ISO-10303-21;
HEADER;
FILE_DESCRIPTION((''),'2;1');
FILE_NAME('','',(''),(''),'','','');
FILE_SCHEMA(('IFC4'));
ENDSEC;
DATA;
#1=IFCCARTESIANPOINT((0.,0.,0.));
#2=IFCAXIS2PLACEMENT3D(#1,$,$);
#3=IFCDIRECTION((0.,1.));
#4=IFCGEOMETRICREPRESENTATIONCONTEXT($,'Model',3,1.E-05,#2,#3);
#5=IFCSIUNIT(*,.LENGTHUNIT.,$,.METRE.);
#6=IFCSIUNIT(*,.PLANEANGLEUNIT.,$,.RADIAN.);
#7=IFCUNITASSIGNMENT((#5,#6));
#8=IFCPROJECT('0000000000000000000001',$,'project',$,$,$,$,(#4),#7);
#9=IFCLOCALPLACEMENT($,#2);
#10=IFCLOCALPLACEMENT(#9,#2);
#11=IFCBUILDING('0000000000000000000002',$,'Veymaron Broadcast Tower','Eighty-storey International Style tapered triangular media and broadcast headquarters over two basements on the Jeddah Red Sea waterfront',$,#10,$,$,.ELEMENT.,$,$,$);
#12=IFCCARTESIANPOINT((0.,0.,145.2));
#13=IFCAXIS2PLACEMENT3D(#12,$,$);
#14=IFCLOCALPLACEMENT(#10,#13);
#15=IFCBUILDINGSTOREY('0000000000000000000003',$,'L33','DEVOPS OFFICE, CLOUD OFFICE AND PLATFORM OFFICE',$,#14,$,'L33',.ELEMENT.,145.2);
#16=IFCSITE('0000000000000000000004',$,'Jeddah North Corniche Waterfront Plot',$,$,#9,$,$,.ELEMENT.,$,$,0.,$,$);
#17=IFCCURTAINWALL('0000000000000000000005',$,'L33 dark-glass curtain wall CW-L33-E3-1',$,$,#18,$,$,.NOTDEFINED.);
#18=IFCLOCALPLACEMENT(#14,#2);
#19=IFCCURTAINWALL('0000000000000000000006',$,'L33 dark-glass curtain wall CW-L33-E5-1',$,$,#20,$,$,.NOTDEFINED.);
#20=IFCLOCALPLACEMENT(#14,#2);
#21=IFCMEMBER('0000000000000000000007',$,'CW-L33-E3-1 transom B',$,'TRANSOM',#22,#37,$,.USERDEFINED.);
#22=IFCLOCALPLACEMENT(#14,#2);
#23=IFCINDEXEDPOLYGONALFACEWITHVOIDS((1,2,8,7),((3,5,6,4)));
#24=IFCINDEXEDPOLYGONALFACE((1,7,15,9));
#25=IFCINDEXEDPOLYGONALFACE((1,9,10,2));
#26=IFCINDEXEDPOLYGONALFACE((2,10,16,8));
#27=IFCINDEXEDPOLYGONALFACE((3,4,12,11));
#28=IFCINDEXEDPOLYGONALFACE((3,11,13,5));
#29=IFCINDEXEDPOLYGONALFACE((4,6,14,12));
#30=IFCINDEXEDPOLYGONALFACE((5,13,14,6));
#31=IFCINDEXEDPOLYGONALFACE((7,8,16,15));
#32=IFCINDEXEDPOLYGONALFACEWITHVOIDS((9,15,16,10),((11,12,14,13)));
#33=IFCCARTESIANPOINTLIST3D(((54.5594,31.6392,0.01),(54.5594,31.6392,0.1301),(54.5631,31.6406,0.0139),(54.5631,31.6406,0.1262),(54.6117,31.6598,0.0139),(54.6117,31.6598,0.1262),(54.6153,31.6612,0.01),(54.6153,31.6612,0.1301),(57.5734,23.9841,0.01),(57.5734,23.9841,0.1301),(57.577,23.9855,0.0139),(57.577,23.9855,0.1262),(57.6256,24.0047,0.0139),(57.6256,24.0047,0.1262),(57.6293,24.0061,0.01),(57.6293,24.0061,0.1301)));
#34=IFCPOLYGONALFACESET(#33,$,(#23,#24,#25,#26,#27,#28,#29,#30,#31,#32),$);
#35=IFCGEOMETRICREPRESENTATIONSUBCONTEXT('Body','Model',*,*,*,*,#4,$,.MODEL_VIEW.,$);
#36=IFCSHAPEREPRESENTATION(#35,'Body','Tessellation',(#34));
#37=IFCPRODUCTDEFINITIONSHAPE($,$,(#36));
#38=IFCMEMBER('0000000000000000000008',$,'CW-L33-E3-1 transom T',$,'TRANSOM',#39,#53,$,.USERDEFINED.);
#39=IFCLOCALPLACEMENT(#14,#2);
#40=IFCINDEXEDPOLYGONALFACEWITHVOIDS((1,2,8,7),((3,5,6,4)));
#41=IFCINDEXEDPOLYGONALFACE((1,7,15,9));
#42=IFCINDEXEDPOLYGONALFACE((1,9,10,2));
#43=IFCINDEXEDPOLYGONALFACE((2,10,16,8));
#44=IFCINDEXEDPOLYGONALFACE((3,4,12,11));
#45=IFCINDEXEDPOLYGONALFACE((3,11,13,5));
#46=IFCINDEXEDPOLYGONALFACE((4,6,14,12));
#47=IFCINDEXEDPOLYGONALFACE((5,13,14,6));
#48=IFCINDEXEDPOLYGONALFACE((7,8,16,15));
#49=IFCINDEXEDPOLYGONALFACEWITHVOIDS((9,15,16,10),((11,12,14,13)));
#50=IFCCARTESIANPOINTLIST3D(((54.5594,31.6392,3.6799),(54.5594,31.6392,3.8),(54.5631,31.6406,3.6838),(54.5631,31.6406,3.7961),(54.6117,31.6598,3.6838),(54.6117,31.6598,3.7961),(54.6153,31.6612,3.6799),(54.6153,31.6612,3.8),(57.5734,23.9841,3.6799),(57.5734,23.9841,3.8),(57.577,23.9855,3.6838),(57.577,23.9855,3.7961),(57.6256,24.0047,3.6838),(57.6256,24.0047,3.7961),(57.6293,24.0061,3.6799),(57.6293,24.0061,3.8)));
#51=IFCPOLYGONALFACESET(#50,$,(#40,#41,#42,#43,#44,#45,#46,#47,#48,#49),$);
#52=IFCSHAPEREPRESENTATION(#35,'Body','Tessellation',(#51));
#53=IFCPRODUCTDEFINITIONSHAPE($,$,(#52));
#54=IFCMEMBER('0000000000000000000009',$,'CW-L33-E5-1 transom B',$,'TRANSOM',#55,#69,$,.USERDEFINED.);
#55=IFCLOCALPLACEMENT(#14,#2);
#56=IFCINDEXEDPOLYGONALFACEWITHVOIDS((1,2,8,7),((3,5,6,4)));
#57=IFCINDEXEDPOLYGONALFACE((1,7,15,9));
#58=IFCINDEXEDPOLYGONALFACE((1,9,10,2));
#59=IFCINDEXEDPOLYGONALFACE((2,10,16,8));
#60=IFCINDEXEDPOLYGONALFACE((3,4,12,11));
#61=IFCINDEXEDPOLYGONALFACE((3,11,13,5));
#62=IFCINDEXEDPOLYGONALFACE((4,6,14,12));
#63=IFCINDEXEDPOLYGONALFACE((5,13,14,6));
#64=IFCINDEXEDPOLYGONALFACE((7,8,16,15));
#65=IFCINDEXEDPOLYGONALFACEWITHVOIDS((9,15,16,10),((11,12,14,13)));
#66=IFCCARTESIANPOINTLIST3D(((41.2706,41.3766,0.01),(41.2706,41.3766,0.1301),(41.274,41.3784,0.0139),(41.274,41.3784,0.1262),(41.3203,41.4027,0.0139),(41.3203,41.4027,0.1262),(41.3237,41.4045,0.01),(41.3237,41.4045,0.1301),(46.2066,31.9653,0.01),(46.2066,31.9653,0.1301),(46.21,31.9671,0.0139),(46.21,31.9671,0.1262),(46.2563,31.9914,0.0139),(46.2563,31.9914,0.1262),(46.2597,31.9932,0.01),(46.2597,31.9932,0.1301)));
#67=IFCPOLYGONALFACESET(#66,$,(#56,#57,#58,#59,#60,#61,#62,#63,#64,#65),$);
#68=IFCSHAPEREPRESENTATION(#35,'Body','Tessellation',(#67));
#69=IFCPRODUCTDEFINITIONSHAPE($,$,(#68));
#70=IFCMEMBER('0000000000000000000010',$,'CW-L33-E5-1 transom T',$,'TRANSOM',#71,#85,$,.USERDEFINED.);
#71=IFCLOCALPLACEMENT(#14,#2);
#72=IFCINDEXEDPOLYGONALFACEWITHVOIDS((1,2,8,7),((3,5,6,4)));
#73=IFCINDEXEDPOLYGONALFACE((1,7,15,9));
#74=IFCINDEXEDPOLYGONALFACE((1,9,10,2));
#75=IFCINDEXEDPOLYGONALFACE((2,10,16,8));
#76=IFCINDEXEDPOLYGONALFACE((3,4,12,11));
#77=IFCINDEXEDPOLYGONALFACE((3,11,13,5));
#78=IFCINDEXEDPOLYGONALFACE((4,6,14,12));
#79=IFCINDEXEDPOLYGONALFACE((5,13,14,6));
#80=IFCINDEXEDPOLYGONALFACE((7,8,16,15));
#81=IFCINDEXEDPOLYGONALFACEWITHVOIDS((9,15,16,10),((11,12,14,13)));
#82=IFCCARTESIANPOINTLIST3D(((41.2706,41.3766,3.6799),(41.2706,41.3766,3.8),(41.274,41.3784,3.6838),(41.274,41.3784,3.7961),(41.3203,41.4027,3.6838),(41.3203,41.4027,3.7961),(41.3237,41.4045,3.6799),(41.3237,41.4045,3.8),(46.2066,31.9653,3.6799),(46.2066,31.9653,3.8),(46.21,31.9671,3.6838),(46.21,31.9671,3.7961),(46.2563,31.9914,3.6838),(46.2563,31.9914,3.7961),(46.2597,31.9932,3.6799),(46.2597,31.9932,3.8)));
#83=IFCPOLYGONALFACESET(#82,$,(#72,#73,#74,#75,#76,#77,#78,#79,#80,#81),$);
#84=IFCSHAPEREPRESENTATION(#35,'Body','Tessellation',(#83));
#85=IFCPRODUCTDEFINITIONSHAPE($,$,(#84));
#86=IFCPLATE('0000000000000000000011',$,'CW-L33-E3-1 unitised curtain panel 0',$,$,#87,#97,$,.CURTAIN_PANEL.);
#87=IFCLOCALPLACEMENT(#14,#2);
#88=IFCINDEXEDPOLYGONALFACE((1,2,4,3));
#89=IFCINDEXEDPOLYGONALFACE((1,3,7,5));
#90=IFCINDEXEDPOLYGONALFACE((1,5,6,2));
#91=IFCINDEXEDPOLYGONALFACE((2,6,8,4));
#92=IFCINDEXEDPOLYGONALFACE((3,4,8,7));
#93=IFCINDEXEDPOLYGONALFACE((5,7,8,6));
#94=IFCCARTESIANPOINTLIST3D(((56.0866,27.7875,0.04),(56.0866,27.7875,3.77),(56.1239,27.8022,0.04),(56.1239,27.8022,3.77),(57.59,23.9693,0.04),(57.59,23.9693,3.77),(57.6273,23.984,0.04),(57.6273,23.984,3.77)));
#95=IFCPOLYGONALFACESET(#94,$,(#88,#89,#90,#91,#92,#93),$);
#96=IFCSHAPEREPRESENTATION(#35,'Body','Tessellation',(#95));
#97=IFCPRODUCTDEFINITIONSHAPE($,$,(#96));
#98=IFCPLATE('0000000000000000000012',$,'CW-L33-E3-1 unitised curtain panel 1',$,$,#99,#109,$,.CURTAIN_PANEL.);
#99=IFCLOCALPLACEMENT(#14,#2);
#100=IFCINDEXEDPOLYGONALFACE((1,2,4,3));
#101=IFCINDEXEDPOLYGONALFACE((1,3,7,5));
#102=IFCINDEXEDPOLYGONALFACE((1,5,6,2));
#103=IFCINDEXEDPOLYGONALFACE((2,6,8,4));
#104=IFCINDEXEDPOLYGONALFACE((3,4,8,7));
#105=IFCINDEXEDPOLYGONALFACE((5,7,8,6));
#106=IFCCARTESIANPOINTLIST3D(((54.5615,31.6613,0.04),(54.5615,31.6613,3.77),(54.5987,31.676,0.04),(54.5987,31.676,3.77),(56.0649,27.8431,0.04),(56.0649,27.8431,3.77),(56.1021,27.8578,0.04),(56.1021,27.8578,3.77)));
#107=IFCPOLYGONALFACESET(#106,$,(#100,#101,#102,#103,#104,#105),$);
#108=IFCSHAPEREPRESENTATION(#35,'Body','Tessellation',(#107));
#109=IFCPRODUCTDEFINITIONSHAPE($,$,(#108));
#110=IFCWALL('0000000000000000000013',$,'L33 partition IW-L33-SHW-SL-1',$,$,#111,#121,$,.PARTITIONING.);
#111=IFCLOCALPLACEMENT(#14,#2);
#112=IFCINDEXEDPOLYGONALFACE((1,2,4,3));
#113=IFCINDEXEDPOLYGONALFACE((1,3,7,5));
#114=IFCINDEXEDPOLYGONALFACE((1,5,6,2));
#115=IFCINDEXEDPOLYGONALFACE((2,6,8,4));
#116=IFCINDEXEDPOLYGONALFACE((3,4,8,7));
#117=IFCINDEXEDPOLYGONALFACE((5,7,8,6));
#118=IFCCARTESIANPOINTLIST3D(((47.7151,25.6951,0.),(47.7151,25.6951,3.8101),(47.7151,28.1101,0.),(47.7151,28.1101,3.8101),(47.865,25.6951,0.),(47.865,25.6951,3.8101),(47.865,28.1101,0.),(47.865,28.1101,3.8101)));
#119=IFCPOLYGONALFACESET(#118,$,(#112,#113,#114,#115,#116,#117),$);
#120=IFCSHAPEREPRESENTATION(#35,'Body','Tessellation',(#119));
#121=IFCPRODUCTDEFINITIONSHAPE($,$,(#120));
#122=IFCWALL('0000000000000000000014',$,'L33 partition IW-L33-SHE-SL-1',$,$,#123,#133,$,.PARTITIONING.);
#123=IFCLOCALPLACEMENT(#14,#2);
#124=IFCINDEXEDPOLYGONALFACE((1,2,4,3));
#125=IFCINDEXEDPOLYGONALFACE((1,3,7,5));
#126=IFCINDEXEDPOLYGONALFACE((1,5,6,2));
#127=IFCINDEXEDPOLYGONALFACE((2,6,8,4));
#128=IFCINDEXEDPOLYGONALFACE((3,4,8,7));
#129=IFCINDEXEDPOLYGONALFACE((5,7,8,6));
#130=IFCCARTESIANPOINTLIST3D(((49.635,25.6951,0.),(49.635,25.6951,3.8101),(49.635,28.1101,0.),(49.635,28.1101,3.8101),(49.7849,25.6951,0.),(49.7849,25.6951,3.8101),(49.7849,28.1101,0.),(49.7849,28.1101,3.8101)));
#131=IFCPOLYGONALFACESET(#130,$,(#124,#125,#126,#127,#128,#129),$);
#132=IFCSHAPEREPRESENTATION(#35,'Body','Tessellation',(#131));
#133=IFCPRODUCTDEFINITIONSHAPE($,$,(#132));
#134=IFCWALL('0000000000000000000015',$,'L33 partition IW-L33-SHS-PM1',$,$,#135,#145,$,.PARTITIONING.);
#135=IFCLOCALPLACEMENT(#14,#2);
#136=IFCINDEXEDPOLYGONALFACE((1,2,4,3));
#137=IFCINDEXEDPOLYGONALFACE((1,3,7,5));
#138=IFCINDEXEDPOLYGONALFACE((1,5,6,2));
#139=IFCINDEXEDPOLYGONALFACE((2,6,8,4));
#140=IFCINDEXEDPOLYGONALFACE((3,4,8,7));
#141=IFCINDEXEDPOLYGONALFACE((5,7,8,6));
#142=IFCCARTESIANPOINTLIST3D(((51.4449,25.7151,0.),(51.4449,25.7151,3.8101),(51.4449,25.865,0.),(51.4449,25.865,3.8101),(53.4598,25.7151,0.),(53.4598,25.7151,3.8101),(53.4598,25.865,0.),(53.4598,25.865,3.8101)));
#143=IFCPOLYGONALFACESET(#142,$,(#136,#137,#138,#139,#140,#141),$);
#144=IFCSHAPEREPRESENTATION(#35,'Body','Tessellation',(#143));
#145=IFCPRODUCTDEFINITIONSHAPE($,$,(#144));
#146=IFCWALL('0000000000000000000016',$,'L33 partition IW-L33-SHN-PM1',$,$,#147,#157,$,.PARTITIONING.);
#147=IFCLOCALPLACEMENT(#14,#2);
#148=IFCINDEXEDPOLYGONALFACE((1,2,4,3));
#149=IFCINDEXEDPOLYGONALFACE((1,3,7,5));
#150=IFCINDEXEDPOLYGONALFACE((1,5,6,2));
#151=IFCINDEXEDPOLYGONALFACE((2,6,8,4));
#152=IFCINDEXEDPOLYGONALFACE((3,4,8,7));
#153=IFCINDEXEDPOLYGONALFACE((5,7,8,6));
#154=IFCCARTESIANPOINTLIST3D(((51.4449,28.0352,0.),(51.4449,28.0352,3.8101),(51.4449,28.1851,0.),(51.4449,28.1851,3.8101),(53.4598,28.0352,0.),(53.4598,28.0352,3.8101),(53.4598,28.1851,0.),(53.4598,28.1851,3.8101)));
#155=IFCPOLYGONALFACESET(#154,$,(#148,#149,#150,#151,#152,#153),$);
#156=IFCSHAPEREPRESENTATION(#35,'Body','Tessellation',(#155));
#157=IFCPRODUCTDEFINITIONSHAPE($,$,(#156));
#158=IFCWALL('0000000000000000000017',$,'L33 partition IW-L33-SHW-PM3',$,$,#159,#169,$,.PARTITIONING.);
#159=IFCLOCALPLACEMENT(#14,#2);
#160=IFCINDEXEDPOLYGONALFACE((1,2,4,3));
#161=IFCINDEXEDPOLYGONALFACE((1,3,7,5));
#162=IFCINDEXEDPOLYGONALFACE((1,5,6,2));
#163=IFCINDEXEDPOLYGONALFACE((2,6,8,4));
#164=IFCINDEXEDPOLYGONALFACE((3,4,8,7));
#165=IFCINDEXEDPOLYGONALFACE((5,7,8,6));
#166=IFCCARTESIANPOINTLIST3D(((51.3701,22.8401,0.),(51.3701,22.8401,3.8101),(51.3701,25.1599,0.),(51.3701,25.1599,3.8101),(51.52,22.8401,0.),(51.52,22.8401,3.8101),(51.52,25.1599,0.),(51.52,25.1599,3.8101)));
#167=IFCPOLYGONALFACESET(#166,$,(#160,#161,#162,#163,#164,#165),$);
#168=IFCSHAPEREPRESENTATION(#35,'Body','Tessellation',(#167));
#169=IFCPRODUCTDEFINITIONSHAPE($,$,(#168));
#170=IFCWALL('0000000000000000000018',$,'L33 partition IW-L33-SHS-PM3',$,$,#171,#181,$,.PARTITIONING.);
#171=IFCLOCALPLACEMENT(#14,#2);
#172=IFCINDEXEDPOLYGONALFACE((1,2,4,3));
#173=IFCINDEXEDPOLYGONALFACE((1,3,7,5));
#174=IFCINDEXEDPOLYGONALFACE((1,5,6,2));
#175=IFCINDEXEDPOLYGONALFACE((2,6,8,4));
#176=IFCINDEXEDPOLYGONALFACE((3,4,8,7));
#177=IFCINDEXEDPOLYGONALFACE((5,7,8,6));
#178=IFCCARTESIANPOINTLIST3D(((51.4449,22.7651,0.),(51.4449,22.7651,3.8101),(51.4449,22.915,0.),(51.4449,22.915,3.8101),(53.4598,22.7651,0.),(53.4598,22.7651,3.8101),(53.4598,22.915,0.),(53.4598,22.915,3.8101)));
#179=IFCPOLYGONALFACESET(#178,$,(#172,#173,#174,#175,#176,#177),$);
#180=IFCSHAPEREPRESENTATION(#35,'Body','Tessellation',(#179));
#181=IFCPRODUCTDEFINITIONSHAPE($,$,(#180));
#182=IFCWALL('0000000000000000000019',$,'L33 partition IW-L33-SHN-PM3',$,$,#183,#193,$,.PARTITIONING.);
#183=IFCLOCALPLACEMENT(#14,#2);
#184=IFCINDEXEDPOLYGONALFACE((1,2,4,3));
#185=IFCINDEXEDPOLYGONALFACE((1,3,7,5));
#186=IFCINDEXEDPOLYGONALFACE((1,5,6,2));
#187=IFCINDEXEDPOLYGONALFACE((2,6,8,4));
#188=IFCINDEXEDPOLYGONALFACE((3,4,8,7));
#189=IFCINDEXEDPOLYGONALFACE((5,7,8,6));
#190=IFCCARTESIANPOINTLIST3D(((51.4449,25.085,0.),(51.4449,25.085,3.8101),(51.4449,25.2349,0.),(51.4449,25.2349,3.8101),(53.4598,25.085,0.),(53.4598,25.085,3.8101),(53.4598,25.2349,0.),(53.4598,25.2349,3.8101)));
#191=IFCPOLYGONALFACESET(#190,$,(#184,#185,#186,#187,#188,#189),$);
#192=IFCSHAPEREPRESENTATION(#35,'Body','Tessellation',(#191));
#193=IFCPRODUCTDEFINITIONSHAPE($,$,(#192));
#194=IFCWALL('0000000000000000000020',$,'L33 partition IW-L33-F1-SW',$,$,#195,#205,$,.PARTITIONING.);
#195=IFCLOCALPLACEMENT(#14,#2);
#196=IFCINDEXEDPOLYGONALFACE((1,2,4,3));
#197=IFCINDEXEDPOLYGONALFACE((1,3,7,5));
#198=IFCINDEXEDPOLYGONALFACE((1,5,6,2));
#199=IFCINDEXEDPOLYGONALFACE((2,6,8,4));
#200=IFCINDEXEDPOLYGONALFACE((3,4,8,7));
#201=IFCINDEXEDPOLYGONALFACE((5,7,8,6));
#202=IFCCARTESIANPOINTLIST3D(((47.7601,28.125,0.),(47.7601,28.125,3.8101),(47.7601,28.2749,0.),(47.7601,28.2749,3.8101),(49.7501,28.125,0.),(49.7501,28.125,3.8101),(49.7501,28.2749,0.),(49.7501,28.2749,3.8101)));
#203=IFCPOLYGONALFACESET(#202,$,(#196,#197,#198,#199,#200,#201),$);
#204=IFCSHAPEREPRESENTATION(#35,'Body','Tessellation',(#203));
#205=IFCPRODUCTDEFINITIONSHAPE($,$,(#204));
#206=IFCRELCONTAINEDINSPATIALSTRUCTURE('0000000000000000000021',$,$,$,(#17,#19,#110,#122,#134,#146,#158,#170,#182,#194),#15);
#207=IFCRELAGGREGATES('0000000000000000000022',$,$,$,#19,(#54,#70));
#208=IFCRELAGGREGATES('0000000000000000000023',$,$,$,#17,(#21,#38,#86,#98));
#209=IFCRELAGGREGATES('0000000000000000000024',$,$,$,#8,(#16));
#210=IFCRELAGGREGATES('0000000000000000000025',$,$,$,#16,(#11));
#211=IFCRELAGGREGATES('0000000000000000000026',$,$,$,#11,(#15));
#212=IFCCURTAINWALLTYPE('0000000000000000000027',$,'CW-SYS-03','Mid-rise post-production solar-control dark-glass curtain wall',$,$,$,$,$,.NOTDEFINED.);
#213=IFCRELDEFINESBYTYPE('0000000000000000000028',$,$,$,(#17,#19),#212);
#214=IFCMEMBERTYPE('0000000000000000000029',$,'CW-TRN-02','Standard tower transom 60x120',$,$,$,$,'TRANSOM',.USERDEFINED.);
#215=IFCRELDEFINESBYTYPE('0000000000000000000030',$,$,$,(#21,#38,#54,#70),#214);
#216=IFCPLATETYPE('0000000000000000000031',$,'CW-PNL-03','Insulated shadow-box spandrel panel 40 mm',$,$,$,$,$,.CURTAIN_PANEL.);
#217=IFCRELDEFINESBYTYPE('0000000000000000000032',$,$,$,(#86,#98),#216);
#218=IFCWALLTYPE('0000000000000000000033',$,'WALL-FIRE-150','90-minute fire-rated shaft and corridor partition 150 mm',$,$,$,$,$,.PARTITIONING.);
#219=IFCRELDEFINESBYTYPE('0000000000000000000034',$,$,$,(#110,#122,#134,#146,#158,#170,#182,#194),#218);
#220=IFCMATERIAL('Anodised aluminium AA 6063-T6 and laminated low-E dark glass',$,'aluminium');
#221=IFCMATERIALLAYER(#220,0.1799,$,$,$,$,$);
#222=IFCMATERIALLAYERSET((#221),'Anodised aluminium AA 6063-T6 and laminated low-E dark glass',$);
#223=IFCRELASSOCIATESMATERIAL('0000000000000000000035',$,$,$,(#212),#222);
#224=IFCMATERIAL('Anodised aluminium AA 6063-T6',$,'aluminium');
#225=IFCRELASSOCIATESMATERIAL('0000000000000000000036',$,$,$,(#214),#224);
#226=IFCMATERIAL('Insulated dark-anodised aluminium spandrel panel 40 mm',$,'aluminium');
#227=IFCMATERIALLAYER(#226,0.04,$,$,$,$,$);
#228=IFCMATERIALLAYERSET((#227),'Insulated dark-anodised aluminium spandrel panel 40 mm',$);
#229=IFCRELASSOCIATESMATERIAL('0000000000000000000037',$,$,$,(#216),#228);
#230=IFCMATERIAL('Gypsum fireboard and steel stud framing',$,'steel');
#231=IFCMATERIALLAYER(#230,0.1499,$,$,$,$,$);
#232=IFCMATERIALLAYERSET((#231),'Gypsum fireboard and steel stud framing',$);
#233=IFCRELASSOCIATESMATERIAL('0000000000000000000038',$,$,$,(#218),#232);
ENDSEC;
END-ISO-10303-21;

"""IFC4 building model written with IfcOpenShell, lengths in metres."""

from ifc_helpers import new_model, si_unit, direction, frame, frame_2d, origin, origin_2d, place, context, subcontext, project, spatial, rectangle, hollow_rectangle, extrude, material, layer, layer_set, material_profile, profile_set, type_object, element, aggregate, save


model = new_model("IFC4")

# Units and contexts
model_context = context("Model", 3, precision=1e-05, world=origin(), true_north=direction((0.0, 1.0)))
body_context = subcontext(model_context, "Body", "Model", "MODEL_VIEW")
ifc_project = project(units=[si_unit("LENGTHUNIT", "METRE"), si_unit("PLANEANGLEUNIT", "RADIAN")], contexts=[model_context])

# Site, building, storey
site_placement = place(None, origin())
site = spatial("IfcSite", under=ifc_project, at=site_placement, Name="Jeddah North Corniche Waterfront Plot", CompositionType="ELEMENT", RefElevation=0.0)
building_placement = place(site_placement, origin())
building = spatial("IfcBuilding", under=site, at=building_placement, Name="Veymaron Broadcast Tower", Description="Eighty-storey International Style tapered triangular media and broadcast headquarters over two basements on the Jeddah Red Sea waterfront", CompositionType="ELEMENT")
storey_placement = place(building_placement, frame((0.0, 0.0, 145.2)))
storey = spatial("IfcBuildingStorey", under=building, at=storey_placement, Name="L33", Description="DEVOPS OFFICE, CLOUD OFFICE AND PLATFORM OFFICE", LongName="L33", CompositionType="ELEMENT", Elevation=145.2)

# Shared definitions
ifc_material_1 = material(Name="Anodised aluminium AA 6063-T6 and laminated low-E dark glass", Category="aluminium")
ifc_layer_1 = layer(ifc_material_1, 0.1799)
ifc_layer_set_1 = layer_set([ifc_layer_1], Name="Anodised aluminium AA 6063-T6 and laminated low-E dark glass")
curtain_wall_type = type_object("IfcCurtainWallType", Name="CW-SYS-03", Description="Mid-rise post-production solar-control dark-glass curtain wall", PredefinedType="NOTDEFINED", material=ifc_layer_set_1)
ifc_material_2 = material(Name="Anodised aluminium AA 6063-T6", Category="aluminium")

# Curtain wall
curtain_wall_1_placement = place(storey_placement, origin())
curtain_wall_1 = element("IfcCurtainWall", 1, at=curtain_wall_1_placement, inside=storey, type_object=curtain_wall_type, Name="L33 dark-glass curtain wall CW-L33-E3-1", PredefinedType="NOTDEFINED")

# Curtain wall
curtain_wall_2_placement = place(storey_placement, origin())
curtain_wall_2 = element("IfcCurtainWall", 2, at=curtain_wall_2_placement, inside=storey, type_object=curtain_wall_type, Name="L33 dark-glass curtain wall CW-L33-E5-1", PredefinedType="NOTDEFINED")

# Members
ifc_material_profile_1 = material_profile(ifc_material_2, hollow_rectangle(XDim=0.0601, YDim=0.1201, WallThickness=0.0039, at=origin_2d()), Name="AL120X60X4")
ifc_profile_set_1 = profile_set([ifc_material_profile_1], Name="Anodised aluminium AA 6063-T6")
member_type_1 = type_object("IfcMemberType", Name="CW-TRN-02", Description="Standard tower transom 60x120", ElementType="TRANSOM", PredefinedType="USERDEFINED", material=ifc_profile_set_1)
member_1_placement = place(storey_placement, frame((57.6013, 23.9951, 0.0701), z_axis=(-0.366345, 0.930479, 0.0), x_axis=(-0.930479, -0.366345, 0.0)))
member_1 = element("IfcMember", 3, at=member_1_placement, type_object=member_type_1, Name="CW-L33-E3-1 transom B", ObjectType="TRANSOM", PredefinedType="USERDEFINED", context=body_context, shape_type="SweptSolid", body=[
    extrude(hollow_rectangle(XDim=0.0601, YDim=0.1201, WallThickness=0.0039, at=origin_2d()), origin(), (0.0, 0.0, 1.0), 8.2271),
])
member_2_placement = place(storey_placement, frame((57.6013, 23.9951, 3.74), z_axis=(-0.366345, 0.930479, 0.0), x_axis=(-0.930479, -0.366345, 0.0)))
member_2 = element("IfcMember", 4, at=member_2_placement, type_object=member_type_1, Name="CW-L33-E3-1 transom T", ObjectType="TRANSOM", PredefinedType="USERDEFINED", context=body_context, shape_type="SweptSolid", body=[
    extrude(hollow_rectangle(XDim=0.0601, YDim=0.1201, WallThickness=0.0039, at=origin_2d()), origin(), (0.0, 0.0, 1.0), 8.2271),
])
member_3_placement = place(storey_placement, frame((46.2332, 31.9792, 0.0701), z_axis=(-0.46447, 0.885589, 0.0), x_axis=(-0.885589, -0.46447, 0.0)))
member_3 = element("IfcMember", 5, at=member_3_placement, type_object=member_type_1, Name="CW-L33-E5-1 transom B", ObjectType="TRANSOM", PredefinedType="USERDEFINED", context=body_context, shape_type="SweptSolid", body=[
    extrude(hollow_rectangle(XDim=0.0601, YDim=0.1201, WallThickness=0.0039, at=origin_2d()), origin(), (0.0, 0.0, 1.0), 10.6272),
])
member_4_placement = place(storey_placement, frame((46.2332, 31.9792, 3.74), z_axis=(-0.46447, 0.885589, 0.0), x_axis=(-0.885589, -0.46447, 0.0)))
member_4 = element("IfcMember", 6, at=member_4_placement, type_object=member_type_1, Name="CW-L33-E5-1 transom T", ObjectType="TRANSOM", PredefinedType="USERDEFINED", context=body_context, shape_type="SweptSolid", body=[
    extrude(hollow_rectangle(XDim=0.0601, YDim=0.1201, WallThickness=0.0039, at=origin_2d()), origin(), (0.0, 0.0, 1.0), 10.6272),
])
aggregate(curtain_wall_2, [member_3, member_4])

# Plates
ifc_material_3 = material(Name="Insulated dark-anodised aluminium spandrel panel 40 mm", Category="aluminium")
ifc_layer_2 = layer(ifc_material_3, 0.04)
ifc_layer_set_2 = layer_set([ifc_layer_2], Name="Insulated dark-anodised aluminium spandrel panel 40 mm")
plate_type = type_object("IfcPlateType", Name="CW-PNL-03", Description="Insulated shadow-box spandrel panel 40 mm", PredefinedType="CURTAIN_PANEL", material=ifc_layer_set_2)
plate_1_placement = place(storey_placement, frame((56.8569, 25.8857, 0.04), z_axis=(0.0, 0.0, 1.0), x_axis=(-0.366371, 0.930469, 0.0)))
plate_1 = element("IfcPlate", 7, at=plate_1_placement, type_object=plate_type, Name="CW-L33-E3-1 unitised curtain panel 0", PredefinedType="CURTAIN_PANEL", context=body_context, shape_type="SweptSolid", body=[
    extrude(rectangle(XDim=4.1035, YDim=0.04, at=origin_2d()), origin(), (0.0, 0.0, 1.0), 3.73),
])
plate_2_placement = place(storey_placement, frame((55.3318, 29.7595, 0.04), z_axis=(0.0, 0.0, 1.0), x_axis=(-0.366371, 0.930469, 0.0)))
plate_2 = element("IfcPlate", 8, at=plate_2_placement, type_object=plate_type, Name="CW-L33-E3-1 unitised curtain panel 1", PredefinedType="CURTAIN_PANEL", context=body_context, shape_type="SweptSolid", body=[
    extrude(rectangle(XDim=4.1035, YDim=0.04, at=origin_2d()), origin(), (0.0, 0.0, 1.0), 3.73),
])
aggregate(curtain_wall_1, [member_1, member_2, plate_1, plate_2])

# Shared definitions
ifc_material_4 = material(Name="Gypsum fireboard and steel stud framing", Category="steel")
ifc_layer_3 = layer(ifc_material_4, 0.1499)
ifc_layer_set_3 = layer_set([ifc_layer_3], Name="Gypsum fireboard and steel stud framing")
wall_type_1 = type_object("IfcWallType", Name="WALL-FIRE-150", Description="90-minute fire-rated shaft and corridor partition 150 mm", PredefinedType="PARTITIONING", material=ifc_layer_set_3)

# Walls
for number, where, z_axis, x_axis, name in (
    (9, (47.79, 25.6951, 0.0), (0.0, 0.0, 1.0), (0.0, 1.0, 0.0), "L33 partition IW-L33-SHW-SL-1"),
    (10, (49.71, 25.6951, 0.0), (0.0, 0.0, 1.0), (0.0, 1.0, 0.0), "L33 partition IW-L33-SHE-SL-1"),
):
    element("IfcWall", number, at=place(storey_placement, frame(where, z_axis=z_axis, x_axis=x_axis)), inside=storey, type_object=wall_type_1, Name=name, PredefinedType="PARTITIONING", context=body_context, shape_type="SweptSolid", body=[
        extrude(rectangle(XDim=2.415, YDim=0.1499, at=frame_2d((1.2075, 0.0))), origin(), (0.0, 0.0, 1.0), 3.8101),
    ])

# Walls
for number, where, z_axis, x_axis, name in (
    (11, (51.4451, 25.79, 0.0), (0.0, 0.0, 1.0), (1.0, 0.0, 0.0), "L33 partition IW-L33-SHS-PM1"),
    (12, (51.4451, 28.1101, 0.0), (0.0, 0.0, 1.0), (1.0, 0.0, 0.0), "L33 partition IW-L33-SHN-PM1"),
):
    element("IfcWall", number, at=place(storey_placement, frame(where, z_axis=z_axis, x_axis=x_axis)), inside=storey, type_object=wall_type_1, Name=name, PredefinedType="PARTITIONING", context=body_context, shape_type="SweptSolid", body=[
        extrude(rectangle(XDim=2.0149, YDim=0.1499, at=frame_2d((1.0073, 0.0))), origin(), (0.0, 0.0, 1.0), 3.8101),
    ])
wall_1_placement = place(storey_placement, frame((51.4451, 22.8401, 0.0), z_axis=(0.0, 0.0, 1.0), x_axis=(0.0, 1.0, 0.0)))
element("IfcWall", 13, at=wall_1_placement, inside=storey, type_object=wall_type_1, Name="L33 partition IW-L33-SHW-PM3", PredefinedType="PARTITIONING", context=body_context, shape_type="SweptSolid", body=[
    extrude(rectangle(XDim=2.3198, YDim=0.1499, at=frame_2d((1.1599, 0.0))), origin(), (0.0, 0.0, 1.0), 3.8101),
])
for number, where, z_axis, x_axis, name in (
    (14, (51.4451, 22.8401, 0.0), (0.0, 0.0, 1.0), (1.0, 0.0, 0.0), "L33 partition IW-L33-SHS-PM3"),
    (15, (51.4451, 25.1599, 0.0), (0.0, 0.0, 1.0), (1.0, 0.0, 0.0), "L33 partition IW-L33-SHN-PM3"),
):
    element("IfcWall", number, at=place(storey_placement, frame(where, z_axis=z_axis, x_axis=x_axis)), inside=storey, type_object=wall_type_1, Name=name, PredefinedType="PARTITIONING", context=body_context, shape_type="SweptSolid", body=[
        extrude(rectangle(XDim=2.0149, YDim=0.1499, at=frame_2d((1.0073, 0.0))), origin(), (0.0, 0.0, 1.0), 3.8101),
    ])
wall_2_placement = place(storey_placement, frame((47.76, 28.2, 0.0), z_axis=(0.0, 0.0, 1.0), x_axis=(1.0, 0.0, 0.0)))
element("IfcWall", 16, at=wall_2_placement, inside=storey, type_object=wall_type_1, Name="L33 partition IW-L33-F1-SW", PredefinedType="PARTITIONING", context=body_context, shape_type="SweptSolid", body=[
    extrude(rectangle(XDim=1.99, YDim=0.1499, at=frame_2d((0.9951, 0.0))), origin(), (0.0, 0.0, 1.0), 3.8101),
])

save(model, "model.ifc")
